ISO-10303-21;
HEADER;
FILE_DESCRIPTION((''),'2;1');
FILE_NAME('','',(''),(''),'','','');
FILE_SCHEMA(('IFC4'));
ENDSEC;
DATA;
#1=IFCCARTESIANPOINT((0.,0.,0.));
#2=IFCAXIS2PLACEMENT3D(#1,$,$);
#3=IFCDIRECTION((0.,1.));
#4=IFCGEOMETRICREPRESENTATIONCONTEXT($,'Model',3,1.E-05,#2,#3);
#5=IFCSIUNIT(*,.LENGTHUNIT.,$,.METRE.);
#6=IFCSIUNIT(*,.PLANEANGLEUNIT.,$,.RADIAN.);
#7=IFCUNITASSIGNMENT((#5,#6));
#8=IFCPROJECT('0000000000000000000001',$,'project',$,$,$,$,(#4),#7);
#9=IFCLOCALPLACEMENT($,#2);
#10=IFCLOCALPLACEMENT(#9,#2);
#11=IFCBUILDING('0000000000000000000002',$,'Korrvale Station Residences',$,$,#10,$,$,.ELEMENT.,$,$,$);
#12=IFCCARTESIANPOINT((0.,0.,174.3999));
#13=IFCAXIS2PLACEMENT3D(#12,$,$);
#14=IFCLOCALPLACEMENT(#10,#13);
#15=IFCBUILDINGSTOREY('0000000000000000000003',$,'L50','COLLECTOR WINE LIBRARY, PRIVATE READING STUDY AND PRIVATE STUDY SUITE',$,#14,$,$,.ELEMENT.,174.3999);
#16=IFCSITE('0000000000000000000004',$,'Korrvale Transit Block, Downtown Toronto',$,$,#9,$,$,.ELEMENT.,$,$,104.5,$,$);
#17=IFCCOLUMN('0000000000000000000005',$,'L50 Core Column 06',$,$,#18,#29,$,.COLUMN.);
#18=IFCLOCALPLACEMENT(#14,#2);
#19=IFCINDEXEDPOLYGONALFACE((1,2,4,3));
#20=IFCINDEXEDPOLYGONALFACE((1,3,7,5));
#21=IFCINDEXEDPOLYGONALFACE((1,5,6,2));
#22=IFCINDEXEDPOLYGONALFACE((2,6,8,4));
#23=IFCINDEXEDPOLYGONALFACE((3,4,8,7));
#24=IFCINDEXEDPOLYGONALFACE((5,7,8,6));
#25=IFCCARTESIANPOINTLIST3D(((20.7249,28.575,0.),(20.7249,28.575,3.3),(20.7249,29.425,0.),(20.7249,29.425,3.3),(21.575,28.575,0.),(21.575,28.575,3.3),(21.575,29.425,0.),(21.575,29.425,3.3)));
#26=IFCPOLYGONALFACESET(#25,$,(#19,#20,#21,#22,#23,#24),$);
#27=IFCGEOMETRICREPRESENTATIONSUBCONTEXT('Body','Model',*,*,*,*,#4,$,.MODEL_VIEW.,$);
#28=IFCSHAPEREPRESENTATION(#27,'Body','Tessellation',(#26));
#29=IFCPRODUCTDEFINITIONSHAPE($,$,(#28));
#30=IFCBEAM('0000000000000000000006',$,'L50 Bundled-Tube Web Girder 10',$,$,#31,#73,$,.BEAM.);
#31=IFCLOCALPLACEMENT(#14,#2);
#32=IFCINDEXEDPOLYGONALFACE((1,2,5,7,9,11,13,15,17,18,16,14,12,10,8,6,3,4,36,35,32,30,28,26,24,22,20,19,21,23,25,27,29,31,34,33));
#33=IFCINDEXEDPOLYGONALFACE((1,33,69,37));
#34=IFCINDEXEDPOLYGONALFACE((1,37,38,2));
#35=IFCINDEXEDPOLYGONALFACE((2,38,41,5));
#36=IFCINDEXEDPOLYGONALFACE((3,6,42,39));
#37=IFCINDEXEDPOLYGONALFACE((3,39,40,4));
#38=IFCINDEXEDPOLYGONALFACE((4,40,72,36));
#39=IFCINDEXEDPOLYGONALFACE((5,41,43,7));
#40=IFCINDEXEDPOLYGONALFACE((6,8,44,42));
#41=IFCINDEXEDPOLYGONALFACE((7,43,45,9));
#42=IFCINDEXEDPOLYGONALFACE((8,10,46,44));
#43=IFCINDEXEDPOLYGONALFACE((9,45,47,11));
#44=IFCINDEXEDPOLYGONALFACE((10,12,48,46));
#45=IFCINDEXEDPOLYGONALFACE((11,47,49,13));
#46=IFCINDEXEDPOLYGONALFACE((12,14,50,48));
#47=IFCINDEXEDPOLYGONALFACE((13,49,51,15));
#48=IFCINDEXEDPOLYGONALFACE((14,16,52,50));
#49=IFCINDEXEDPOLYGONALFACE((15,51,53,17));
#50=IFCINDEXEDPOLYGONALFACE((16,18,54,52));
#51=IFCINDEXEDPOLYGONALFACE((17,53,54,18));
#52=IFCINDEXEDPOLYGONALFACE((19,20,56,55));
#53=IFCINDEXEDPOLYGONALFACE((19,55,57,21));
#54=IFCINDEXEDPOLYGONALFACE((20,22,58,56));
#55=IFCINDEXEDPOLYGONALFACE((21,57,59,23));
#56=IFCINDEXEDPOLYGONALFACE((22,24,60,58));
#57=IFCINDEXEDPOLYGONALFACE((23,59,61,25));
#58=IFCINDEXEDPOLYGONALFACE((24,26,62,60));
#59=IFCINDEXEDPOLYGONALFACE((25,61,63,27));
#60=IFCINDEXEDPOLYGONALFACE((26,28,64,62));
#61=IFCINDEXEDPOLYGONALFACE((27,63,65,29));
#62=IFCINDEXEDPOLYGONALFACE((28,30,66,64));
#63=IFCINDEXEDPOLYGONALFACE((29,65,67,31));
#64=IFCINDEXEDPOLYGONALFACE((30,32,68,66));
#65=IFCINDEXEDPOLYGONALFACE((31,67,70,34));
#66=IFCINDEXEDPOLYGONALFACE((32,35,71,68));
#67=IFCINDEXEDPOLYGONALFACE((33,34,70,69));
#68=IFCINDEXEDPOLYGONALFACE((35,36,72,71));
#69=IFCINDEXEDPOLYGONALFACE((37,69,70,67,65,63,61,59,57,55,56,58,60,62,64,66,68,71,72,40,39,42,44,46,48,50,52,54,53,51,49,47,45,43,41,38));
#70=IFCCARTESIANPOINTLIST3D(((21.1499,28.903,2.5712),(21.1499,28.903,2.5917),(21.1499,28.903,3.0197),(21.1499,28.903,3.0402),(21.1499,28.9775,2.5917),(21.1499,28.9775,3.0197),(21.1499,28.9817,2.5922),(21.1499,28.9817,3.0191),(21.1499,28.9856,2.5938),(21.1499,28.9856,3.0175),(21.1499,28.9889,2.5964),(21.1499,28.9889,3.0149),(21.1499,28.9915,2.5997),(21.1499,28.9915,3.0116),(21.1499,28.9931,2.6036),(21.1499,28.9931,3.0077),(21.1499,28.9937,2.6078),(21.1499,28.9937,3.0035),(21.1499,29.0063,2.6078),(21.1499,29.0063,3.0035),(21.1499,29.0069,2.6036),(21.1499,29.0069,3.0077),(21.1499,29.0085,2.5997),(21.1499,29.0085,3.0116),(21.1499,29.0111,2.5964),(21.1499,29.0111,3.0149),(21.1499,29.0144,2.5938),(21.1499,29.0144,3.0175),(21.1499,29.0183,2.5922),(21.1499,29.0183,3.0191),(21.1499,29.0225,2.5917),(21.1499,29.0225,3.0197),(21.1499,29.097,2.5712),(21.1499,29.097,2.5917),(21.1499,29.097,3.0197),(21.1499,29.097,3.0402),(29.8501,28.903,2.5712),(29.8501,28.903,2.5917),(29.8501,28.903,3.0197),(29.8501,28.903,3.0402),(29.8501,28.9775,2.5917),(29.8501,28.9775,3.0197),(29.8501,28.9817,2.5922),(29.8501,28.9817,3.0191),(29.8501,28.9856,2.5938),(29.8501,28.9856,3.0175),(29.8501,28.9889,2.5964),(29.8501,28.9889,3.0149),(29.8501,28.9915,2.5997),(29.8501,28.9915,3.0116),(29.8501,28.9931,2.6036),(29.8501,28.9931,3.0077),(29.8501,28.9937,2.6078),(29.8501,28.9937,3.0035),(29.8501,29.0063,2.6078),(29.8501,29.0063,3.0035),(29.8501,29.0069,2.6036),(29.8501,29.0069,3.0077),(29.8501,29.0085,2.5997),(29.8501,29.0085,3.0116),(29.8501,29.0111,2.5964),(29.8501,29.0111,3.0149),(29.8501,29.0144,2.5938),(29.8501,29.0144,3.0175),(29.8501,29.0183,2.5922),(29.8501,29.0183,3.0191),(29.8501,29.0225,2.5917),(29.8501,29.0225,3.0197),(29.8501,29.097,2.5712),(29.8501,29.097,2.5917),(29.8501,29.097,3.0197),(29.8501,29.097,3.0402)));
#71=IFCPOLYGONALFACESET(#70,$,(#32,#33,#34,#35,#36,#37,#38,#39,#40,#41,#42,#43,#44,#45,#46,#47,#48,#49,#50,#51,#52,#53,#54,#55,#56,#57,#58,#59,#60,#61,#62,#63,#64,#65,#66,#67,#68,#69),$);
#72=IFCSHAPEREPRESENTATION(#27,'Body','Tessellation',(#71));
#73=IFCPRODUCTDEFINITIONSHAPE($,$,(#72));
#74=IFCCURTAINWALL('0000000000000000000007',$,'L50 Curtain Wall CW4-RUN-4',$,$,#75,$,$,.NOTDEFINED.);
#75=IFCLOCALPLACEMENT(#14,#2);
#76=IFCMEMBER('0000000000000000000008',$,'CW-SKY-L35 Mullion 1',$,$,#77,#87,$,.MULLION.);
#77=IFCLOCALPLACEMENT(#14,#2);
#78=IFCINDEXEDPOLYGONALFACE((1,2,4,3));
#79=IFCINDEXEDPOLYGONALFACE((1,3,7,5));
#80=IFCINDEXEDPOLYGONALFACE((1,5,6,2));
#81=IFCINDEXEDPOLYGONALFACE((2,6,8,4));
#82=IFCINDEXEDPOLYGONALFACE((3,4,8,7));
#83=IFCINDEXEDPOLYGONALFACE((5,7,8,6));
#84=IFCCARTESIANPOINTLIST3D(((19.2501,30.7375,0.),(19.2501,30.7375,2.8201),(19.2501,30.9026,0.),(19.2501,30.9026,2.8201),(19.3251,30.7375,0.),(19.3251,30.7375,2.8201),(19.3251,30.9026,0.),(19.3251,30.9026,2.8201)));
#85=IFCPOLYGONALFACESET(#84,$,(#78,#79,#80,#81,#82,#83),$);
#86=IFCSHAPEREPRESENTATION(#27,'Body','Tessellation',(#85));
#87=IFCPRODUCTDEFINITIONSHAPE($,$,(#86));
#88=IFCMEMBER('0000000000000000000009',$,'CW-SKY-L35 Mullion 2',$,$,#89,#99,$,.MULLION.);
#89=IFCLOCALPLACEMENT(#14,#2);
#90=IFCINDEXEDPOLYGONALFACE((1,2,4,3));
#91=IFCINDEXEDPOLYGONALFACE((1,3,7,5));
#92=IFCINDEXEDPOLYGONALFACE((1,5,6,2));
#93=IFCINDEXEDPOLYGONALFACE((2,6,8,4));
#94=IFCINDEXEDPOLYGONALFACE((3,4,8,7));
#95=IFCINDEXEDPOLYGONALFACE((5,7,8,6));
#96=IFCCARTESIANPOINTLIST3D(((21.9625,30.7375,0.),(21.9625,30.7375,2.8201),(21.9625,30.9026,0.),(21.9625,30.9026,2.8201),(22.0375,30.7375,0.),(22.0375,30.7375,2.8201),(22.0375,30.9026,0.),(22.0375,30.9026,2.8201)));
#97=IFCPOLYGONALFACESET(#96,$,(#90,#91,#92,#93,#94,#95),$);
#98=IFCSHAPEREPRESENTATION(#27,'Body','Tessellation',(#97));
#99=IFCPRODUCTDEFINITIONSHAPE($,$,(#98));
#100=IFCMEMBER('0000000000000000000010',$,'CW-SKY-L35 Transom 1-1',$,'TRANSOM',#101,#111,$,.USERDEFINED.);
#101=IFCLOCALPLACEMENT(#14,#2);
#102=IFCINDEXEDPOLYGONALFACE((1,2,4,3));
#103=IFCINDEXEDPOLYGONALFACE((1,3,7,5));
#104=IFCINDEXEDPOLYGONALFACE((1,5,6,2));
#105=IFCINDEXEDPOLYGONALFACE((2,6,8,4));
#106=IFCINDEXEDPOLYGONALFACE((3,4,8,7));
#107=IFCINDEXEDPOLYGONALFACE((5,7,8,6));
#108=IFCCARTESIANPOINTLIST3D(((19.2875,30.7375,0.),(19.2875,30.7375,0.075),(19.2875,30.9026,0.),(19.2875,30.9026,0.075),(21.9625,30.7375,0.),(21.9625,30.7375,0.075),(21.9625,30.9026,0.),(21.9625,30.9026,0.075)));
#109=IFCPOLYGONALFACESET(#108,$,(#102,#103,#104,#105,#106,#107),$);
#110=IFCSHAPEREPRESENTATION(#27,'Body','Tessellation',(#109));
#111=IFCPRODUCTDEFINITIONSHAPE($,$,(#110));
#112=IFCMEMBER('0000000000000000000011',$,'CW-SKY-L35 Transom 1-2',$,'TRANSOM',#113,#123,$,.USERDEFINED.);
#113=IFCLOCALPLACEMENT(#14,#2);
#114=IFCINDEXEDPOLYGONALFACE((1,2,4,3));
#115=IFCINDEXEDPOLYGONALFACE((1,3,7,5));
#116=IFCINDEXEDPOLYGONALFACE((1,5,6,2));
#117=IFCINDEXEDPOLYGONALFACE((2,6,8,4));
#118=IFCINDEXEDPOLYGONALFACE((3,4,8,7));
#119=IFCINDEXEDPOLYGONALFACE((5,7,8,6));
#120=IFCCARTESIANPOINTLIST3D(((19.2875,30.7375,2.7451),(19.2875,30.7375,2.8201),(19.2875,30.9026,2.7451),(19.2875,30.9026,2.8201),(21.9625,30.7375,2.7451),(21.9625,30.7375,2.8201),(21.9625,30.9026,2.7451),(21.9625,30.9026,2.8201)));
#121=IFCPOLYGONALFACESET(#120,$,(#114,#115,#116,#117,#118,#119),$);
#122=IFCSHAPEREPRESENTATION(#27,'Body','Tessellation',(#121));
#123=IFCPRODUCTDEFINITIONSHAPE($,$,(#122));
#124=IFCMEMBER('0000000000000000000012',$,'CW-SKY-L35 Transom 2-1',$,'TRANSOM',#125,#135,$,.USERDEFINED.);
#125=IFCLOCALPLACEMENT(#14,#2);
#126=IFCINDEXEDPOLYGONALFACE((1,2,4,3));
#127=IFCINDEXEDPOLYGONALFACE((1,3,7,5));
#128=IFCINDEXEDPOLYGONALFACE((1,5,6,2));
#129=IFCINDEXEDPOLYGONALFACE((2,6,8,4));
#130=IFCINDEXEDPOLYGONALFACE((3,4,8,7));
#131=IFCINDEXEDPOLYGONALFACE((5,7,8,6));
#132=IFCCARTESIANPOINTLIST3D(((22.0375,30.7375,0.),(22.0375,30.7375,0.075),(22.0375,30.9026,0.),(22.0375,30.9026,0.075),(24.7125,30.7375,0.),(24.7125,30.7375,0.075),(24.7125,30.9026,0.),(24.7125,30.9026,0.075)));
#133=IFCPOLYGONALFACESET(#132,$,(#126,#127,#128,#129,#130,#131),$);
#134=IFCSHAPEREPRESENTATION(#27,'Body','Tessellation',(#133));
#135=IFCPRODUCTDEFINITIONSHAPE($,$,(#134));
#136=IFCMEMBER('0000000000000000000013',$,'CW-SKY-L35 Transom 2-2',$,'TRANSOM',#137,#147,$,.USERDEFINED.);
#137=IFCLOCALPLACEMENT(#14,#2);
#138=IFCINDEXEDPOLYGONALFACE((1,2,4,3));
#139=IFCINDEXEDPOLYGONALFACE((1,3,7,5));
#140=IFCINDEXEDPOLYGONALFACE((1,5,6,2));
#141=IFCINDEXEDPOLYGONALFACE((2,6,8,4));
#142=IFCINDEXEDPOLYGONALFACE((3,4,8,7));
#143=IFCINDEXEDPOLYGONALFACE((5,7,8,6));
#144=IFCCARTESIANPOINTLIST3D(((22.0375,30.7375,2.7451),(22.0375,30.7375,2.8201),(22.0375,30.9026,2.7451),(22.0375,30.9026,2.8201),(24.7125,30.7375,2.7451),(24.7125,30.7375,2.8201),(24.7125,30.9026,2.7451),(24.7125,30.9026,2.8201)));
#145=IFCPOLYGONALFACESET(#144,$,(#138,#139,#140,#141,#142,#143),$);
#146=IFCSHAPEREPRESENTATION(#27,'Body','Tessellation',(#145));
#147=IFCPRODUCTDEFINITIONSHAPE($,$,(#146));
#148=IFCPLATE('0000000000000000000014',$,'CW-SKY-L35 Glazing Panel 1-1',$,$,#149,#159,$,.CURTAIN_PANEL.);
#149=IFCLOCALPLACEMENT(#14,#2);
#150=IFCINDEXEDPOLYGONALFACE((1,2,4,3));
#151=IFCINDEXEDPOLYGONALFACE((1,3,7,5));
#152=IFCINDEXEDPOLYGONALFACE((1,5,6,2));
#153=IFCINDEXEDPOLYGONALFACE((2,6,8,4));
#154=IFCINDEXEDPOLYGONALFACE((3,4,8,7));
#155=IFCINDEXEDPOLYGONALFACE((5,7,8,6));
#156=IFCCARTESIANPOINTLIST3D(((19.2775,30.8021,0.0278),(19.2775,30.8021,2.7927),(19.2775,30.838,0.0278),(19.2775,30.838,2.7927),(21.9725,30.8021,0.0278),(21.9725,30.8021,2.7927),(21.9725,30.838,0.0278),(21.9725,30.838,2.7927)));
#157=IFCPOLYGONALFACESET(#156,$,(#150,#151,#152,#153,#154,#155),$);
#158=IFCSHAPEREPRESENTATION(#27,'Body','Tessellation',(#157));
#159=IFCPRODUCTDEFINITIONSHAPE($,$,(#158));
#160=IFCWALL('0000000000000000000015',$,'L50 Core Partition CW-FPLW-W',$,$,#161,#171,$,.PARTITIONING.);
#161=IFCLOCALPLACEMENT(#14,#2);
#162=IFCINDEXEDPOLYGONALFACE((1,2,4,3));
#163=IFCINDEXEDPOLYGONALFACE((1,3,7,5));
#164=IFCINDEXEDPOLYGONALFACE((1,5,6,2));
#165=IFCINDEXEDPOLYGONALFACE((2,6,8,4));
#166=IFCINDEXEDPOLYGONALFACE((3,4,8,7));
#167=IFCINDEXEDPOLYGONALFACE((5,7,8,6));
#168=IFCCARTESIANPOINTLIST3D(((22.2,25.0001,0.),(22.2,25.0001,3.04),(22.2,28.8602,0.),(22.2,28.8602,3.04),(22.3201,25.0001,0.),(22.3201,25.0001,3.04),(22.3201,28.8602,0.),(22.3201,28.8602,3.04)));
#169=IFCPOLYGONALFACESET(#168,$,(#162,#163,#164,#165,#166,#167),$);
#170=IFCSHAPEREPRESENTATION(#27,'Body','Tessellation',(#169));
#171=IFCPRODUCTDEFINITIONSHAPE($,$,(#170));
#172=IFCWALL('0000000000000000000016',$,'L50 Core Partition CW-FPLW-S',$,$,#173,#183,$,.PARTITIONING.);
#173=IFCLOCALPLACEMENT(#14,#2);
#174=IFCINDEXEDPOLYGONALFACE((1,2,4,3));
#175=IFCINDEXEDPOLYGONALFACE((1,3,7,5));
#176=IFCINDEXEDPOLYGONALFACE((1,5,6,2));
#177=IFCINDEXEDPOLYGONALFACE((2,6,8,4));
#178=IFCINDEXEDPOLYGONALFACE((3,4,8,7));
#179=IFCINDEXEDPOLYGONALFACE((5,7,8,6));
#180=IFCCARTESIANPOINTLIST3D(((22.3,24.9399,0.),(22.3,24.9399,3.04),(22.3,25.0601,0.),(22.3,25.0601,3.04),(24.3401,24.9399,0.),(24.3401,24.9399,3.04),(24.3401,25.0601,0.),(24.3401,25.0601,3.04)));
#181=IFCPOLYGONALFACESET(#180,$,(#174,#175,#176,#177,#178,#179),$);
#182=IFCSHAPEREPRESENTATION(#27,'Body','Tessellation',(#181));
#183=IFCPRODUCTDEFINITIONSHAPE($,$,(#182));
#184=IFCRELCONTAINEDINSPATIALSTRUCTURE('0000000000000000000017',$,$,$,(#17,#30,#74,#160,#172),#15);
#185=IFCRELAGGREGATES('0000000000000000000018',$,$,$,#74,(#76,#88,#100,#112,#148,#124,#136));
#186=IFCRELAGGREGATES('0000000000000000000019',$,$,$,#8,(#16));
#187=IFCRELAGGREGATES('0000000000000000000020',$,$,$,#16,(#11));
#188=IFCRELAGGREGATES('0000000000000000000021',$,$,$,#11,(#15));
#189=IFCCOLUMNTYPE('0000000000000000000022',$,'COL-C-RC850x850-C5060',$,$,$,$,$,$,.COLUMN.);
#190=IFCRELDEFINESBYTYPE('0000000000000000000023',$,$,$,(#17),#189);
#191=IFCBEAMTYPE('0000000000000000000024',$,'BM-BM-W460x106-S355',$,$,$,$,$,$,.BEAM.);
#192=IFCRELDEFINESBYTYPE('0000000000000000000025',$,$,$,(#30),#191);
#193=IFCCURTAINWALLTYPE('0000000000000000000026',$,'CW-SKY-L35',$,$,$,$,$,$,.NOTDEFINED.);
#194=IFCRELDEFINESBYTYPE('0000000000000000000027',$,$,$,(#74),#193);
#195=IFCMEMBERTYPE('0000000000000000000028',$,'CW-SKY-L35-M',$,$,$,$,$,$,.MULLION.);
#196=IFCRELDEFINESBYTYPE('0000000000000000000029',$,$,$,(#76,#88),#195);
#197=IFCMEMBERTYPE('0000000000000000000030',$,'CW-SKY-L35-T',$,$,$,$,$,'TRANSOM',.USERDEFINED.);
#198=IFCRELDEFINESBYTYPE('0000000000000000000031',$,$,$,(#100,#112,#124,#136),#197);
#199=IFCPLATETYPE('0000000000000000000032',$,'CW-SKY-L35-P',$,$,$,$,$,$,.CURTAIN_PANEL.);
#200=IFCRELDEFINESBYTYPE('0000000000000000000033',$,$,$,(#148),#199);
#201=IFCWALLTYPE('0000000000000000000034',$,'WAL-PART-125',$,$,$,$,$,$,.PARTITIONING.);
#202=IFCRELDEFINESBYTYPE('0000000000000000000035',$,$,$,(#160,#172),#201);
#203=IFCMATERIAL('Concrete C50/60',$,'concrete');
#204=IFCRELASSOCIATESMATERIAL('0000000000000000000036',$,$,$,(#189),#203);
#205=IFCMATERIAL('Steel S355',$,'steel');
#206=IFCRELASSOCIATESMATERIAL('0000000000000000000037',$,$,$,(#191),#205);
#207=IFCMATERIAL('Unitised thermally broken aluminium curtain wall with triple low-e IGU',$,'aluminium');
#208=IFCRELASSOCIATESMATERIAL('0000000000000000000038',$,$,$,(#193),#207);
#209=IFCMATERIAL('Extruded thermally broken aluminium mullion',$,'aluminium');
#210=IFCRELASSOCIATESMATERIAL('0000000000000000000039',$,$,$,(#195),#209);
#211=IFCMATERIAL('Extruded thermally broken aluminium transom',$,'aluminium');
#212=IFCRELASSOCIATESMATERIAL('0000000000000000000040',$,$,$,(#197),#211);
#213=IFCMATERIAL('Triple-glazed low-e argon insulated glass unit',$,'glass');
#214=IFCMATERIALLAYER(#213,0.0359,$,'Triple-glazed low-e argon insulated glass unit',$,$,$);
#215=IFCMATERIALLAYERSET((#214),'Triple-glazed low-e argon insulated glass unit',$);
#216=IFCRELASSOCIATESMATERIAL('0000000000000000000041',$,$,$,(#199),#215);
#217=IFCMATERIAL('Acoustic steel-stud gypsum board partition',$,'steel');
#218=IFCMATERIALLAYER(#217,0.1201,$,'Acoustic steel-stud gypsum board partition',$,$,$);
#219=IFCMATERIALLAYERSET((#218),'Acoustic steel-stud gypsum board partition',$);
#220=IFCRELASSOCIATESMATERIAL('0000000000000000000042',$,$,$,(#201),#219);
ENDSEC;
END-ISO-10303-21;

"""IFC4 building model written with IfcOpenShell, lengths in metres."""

from ifc_helpers import new_model, si_unit, direction, frame, frame_2d, origin, origin_2d, place, context, subcontext, project, spatial, rectangle, i_section, extrude, material, layer, layer_set, material_profile, profile_set, type_object, element, aggregate, save


model = new_model("IFC4")

# Units and contexts
model_context = context("Model", 3, precision=1e-05, world=origin(), true_north=direction((0.0, 1.0)))
body_context = subcontext(model_context, "Body", "Model", "MODEL_VIEW")
ifc_project = project(units=[si_unit("LENGTHUNIT", "METRE"), si_unit("PLANEANGLEUNIT", "RADIAN")], contexts=[model_context])

# Site, building, storey
site_placement = place(None, origin())
site = spatial("IfcSite", under=ifc_project, at=site_placement, Name="Korrvale Transit Block, Downtown Toronto", CompositionType="ELEMENT", RefElevation=104.5)
building_placement = place(site_placement, origin())
building = spatial("IfcBuilding", under=site, at=building_placement, Name="Korrvale Station Residences", CompositionType="ELEMENT")
storey_placement = place(building_placement, frame((0.0, 0.0, 174.3999)))
storey = spatial("IfcBuildingStorey", under=building, at=storey_placement, Name="L50", Description="COLLECTOR WINE LIBRARY, PRIVATE READING STUDY AND PRIVATE STUDY SUITE", CompositionType="ELEMENT", Elevation=174.3999)

# Column
ifc_material_1 = material(Name="Concrete C50/60", Category="concrete")
ifc_material_profile_1 = material_profile(ifc_material_1, rectangle(XDim=0.8501, YDim=0.8501, at=origin_2d()), Name="RC850x850")
ifc_profile_set_1 = profile_set([ifc_material_profile_1], Name="Concrete C50/60")
column_type = type_object("IfcColumnType", Name="COL-C-RC850x850-C5060", PredefinedType="COLUMN", material=ifc_profile_set_1)
column_placement = place(storey_placement, frame((21.1499, 29.0, 0.0), z_axis=(0.0, 0.0, 1.0), x_axis=(1.0, 0.0, 0.0)))
element("IfcColumn", 1, at=column_placement, inside=storey, type_object=column_type, Name="L50 Core Column 06", PredefinedType="COLUMN", context=body_context, shape_type="SweptSolid", body=[
    extrude(rectangle(XDim=0.8501, YDim=0.8501, at=origin_2d()), origin(), (0.0, 0.0, 1.0), 3.3),
])

# Beam
ifc_material_2 = material(Name="Steel S355", Category="steel")
ifc_material_profile_2 = material_profile(ifc_material_2, i_section(OverallWidth=0.1941, OverallDepth=0.469, WebThickness=0.0127, FlangeThickness=0.0205, FilletRadius=0.0161, at=origin_2d()), Name="W460x106")
ifc_profile_set_2 = profile_set([ifc_material_profile_2], Name="Steel S355")
beam_type = type_object("IfcBeamType", Name="BM-BM-W460x106-S355", PredefinedType="BEAM", material=ifc_profile_set_2)
beam_placement = place(storey_placement, frame((21.1499, 29.0, 2.8057), z_axis=(1.0, 0.0, 0.0), x_axis=(0.0, 1.0, 0.0)))
element("IfcBeam", 2, at=beam_placement, inside=storey, type_object=beam_type, Name="L50 Bundled-Tube Web Girder 10", PredefinedType="BEAM", context=body_context, shape_type="SweptSolid", body=[
    extrude(i_section(OverallWidth=0.1941, OverallDepth=0.469, WebThickness=0.0127, FlangeThickness=0.0205, FilletRadius=0.0161, at=origin_2d()), origin(), (0.0, 0.0, 1.0), 8.7002),
])

# Curtain wall, members, plate
ifc_material_3 = material(Name="Unitised thermally broken aluminium curtain wall with triple low-e IGU", Category="aluminium")
curtain_wall_type = type_object("IfcCurtainWallType", Name="CW-SKY-L35", PredefinedType="NOTDEFINED", material=ifc_material_3)
curtain_wall_placement = place(storey_placement, origin())
curtain_wall = element("IfcCurtainWall", 3, at=curtain_wall_placement, inside=storey, type_object=curtain_wall_type, Name="L50 Curtain Wall CW4-RUN-4", PredefinedType="NOTDEFINED")
ifc_material_4 = material(Name="Extruded thermally broken aluminium mullion", Category="aluminium")
member_type_1 = type_object("IfcMemberType", Name="CW-SKY-L35-M", PredefinedType="MULLION", material=ifc_material_4)
member_1_placement = place(storey_placement, frame((19.2876, 30.8201, 0.0), z_axis=(0.0, 0.0, 1.0), x_axis=(1.0, 0.0, 0.0)))
member_1 = element("IfcMember", 4, at=member_1_placement, type_object=member_type_1, Name="CW-SKY-L35 Mullion 1", PredefinedType="MULLION", context=body_context, shape_type="SweptSolid", body=[
    extrude(rectangle(XDim=0.075, YDim=0.165, at=origin_2d()), origin(), (0.0, 0.0, 1.0), 2.8201),
])
member_2_placement = place(storey_placement, frame((22.0, 30.8201, 0.0), z_axis=(0.0, 0.0, 1.0), x_axis=(1.0, 0.0, 0.0)))
member_2 = element("IfcMember", 5, at=member_2_placement, type_object=member_type_1, Name="CW-SKY-L35 Mullion 2", PredefinedType="MULLION", context=body_context, shape_type="SweptSolid", body=[
    extrude(rectangle(XDim=0.075, YDim=0.165, at=origin_2d()), origin(), (0.0, 0.0, 1.0), 2.8201),
])
ifc_material_5 = material(Name="Extruded thermally broken aluminium transom", Category="aluminium")
member_type_2 = type_object("IfcMemberType", Name="CW-SKY-L35-T", ElementType="TRANSOM", PredefinedType="USERDEFINED", material=ifc_material_5)
member_3_placement = place(storey_placement, frame((20.625, 30.8201, 0.0), z_axis=(0.0, 0.0, 1.0), x_axis=(1.0, 0.0, 0.0)))
member_3 = element("IfcMember", 6, at=member_3_placement, type_object=member_type_2, Name="CW-SKY-L35 Transom 1-1", ObjectType="TRANSOM", PredefinedType="USERDEFINED", context=body_context, shape_type="SweptSolid", body=[
    extrude(rectangle(XDim=2.675, YDim=0.165, at=origin_2d()), origin(), (0.0, 0.0, 1.0), 0.075),
])
member_4_placement = place(storey_placement, frame((20.625, 30.8201, 2.7451), z_axis=(0.0, 0.0, 1.0), x_axis=(1.0, 0.0, 0.0)))
member_4 = element("IfcMember", 7, at=member_4_placement, type_object=member_type_2, Name="CW-SKY-L35 Transom 1-2", ObjectType="TRANSOM", PredefinedType="USERDEFINED", context=body_context, shape_type="SweptSolid", body=[
    extrude(rectangle(XDim=2.675, YDim=0.165, at=origin_2d()), origin(), (0.0, 0.0, 1.0), 0.075),
])
member_5_placement = place(storey_placement, frame((23.375, 30.8201, 0.0), z_axis=(0.0, 0.0, 1.0), x_axis=(1.0, 0.0, 0.0)))
member_5 = element("IfcMember", 8, at=member_5_placement, type_object=member_type_2, Name="CW-SKY-L35 Transom 2-1", ObjectType="TRANSOM", PredefinedType="USERDEFINED", context=body_context, shape_type="SweptSolid", body=[
    extrude(rectangle(XDim=2.675, YDim=0.165, at=origin_2d()), origin(), (0.0, 0.0, 1.0), 0.075),
])
member_6_placement = place(storey_placement, frame((23.375, 30.8201, 2.7451), z_axis=(0.0, 0.0, 1.0), x_axis=(1.0, 0.0, 0.0)))
member_6 = element("IfcMember", 9, at=member_6_placement, type_object=member_type_2, Name="CW-SKY-L35 Transom 2-2", ObjectType="TRANSOM", PredefinedType="USERDEFINED", context=body_context, shape_type="SweptSolid", body=[
    extrude(rectangle(XDim=2.675, YDim=0.165, at=origin_2d()), origin(), (0.0, 0.0, 1.0), 0.075),
])
ifc_material_6 = material(Name="Triple-glazed low-e argon insulated glass unit", Category="glass")
ifc_layer_1 = layer(ifc_material_6, 0.0359, Name="Triple-glazed low-e argon insulated glass unit")
ifc_layer_set_1 = layer_set([ifc_layer_1], Name="Triple-glazed low-e argon insulated glass unit")
plate_type = type_object("IfcPlateType", Name="CW-SKY-L35-P", PredefinedType="CURTAIN_PANEL", material=ifc_layer_set_1)
plate_placement = place(storey_placement, frame((20.625, 30.8201, 0.0278), z_axis=(0.0, 0.0, 1.0), x_axis=(1.0, 0.0, 0.0)))
plate = element("IfcPlate", 10, at=plate_placement, type_object=plate_type, Name="CW-SKY-L35 Glazing Panel 1-1", PredefinedType="CURTAIN_PANEL", context=body_context, shape_type="SweptSolid", body=[
    extrude(rectangle(XDim=2.6951, YDim=0.0359, at=origin_2d()), origin(), (0.0, 0.0, 1.0), 2.7649),
])
aggregate(curtain_wall, [member_1, member_2, member_3, member_4, plate, member_5, member_6])

# Walls
ifc_material_7 = material(Name="Acoustic steel-stud gypsum board partition", Category="steel")
ifc_layer_2 = layer(ifc_material_7, 0.1201, Name="Acoustic steel-stud gypsum board partition")
ifc_layer_set_2 = layer_set([ifc_layer_2], Name="Acoustic steel-stud gypsum board partition")
wall_type_1 = type_object("IfcWallType", Name="WAL-PART-125", PredefinedType="PARTITIONING", material=ifc_layer_set_2)
wall_1_placement = place(storey_placement, frame((22.26, 25.0, 0.0), z_axis=(0.0, 0.0, 1.0), x_axis=(0.0, 1.0, 0.0)))
element("IfcWall", 11, at=wall_1_placement, inside=storey, type_object=wall_type_1, Name="L50 Core Partition CW-FPLW-W", PredefinedType="PARTITIONING", context=body_context, shape_type="SweptSolid", body=[
    extrude(rectangle(XDim=3.8601, YDim=0.1201, at=frame_2d((1.9302, 0.0))), origin(), (0.0, 0.0, 1.0), 3.04),
])
wall_2_placement = place(storey_placement, frame((22.3, 25.0, 0.0), z_axis=(0.0, 0.0, 1.0), x_axis=(1.0, 0.0, 0.0)))
element("IfcWall", 12, at=wall_2_placement, inside=storey, type_object=wall_type_1, Name="L50 Core Partition CW-FPLW-S", PredefinedType="PARTITIONING", context=body_context, shape_type="SweptSolid", body=[
    extrude(rectangle(XDim=2.04, YDim=0.1201, at=frame_2d((1.02, 0.0))), origin(), (0.0, 0.0, 1.0), 3.04),
])

save(model, "model.ifc")
